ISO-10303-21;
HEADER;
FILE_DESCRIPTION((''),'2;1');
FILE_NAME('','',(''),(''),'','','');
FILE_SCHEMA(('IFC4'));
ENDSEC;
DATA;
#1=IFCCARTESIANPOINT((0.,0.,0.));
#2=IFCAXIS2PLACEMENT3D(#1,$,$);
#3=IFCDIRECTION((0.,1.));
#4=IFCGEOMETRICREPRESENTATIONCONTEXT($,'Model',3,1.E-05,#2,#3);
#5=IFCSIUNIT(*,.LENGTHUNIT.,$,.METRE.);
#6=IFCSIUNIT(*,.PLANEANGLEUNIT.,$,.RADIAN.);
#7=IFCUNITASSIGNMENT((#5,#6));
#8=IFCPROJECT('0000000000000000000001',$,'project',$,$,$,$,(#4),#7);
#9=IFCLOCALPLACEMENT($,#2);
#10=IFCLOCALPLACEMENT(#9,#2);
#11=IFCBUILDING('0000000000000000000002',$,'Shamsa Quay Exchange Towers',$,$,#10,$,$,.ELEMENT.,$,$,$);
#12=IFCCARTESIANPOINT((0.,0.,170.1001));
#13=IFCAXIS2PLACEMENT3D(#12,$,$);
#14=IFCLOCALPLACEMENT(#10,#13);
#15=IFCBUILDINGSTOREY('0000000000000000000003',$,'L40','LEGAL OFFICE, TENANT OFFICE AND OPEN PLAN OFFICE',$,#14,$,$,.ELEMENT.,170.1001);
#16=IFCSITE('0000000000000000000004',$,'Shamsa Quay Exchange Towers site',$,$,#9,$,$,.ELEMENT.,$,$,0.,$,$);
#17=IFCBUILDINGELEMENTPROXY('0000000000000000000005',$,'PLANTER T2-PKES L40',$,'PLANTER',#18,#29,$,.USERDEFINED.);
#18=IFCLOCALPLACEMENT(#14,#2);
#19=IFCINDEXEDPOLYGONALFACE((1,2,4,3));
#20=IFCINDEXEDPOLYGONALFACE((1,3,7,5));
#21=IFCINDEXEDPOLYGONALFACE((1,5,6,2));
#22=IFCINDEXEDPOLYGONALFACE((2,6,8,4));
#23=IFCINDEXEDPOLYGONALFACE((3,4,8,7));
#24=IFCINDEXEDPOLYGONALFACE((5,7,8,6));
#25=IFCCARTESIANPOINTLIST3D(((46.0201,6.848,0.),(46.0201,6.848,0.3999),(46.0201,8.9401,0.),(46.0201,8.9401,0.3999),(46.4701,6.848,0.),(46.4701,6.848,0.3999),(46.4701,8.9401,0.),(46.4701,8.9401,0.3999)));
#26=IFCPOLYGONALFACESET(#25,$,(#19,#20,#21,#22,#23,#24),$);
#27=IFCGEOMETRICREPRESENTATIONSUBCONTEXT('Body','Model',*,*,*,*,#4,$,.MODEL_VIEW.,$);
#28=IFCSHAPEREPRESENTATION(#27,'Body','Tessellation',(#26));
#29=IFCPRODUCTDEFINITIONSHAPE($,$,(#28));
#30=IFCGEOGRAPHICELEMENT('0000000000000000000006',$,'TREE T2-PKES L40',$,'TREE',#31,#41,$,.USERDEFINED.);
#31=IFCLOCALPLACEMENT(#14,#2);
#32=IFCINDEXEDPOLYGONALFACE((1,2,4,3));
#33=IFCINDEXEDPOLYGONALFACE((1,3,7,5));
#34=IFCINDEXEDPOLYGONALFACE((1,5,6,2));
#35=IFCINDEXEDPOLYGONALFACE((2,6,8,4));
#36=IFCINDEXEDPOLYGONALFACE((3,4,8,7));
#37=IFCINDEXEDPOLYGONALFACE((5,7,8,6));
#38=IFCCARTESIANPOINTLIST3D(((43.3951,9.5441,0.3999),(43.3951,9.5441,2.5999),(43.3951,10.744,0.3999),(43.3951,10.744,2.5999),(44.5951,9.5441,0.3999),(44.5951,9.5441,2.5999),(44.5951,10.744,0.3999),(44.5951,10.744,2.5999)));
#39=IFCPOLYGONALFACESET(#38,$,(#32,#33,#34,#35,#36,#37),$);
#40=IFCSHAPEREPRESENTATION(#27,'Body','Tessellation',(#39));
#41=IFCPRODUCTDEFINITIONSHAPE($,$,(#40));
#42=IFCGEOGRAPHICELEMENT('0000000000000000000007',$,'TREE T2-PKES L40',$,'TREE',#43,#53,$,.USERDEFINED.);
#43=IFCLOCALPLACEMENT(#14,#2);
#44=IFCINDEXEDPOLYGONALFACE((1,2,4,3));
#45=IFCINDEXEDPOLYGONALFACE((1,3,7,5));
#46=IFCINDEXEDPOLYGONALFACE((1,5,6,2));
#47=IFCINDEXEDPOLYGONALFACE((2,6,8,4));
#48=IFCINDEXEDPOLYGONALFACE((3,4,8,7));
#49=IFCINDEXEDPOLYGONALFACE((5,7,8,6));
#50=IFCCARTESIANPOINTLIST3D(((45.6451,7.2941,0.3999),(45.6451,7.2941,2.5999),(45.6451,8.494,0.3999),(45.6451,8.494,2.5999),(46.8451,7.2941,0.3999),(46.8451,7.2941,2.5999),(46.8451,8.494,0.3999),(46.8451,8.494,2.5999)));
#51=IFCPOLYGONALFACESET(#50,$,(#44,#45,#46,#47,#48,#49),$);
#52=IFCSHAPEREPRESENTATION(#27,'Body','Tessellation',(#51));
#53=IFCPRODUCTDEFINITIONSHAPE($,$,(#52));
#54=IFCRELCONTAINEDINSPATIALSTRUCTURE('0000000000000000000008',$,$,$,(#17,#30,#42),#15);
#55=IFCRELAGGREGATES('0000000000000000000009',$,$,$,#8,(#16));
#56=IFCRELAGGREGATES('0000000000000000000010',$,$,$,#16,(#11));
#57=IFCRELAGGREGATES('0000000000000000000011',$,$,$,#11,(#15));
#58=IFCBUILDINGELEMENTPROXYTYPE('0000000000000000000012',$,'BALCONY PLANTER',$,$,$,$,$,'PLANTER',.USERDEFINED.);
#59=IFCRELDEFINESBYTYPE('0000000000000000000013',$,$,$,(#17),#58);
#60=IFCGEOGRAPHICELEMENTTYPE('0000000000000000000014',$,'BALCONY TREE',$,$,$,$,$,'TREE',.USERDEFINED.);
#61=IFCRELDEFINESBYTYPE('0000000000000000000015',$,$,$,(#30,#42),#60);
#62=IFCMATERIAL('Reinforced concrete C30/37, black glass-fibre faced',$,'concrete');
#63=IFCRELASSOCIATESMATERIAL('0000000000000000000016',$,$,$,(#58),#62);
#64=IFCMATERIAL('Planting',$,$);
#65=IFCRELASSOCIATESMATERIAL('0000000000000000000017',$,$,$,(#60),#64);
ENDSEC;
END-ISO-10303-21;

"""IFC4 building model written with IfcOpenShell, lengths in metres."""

from ifc_helpers import new_model, si_unit, direction, frame, origin, origin_2d, place, context, subcontext, project, spatial, rectangle, extrude, material, type_object, element, save


model = new_model("IFC4")

# Units and contexts
model_context = context("Model", 3, precision=1e-05, world=origin(), true_north=direction((0.0, 1.0)))
body_context = subcontext(model_context, "Body", "Model", "MODEL_VIEW")
ifc_project = project(units=[si_unit("LENGTHUNIT", "METRE"), si_unit("PLANEANGLEUNIT", "RADIAN")], contexts=[model_context])

# Site, building, storey
site_placement = place(None, origin())
site = spatial("IfcSite", under=ifc_project, at=site_placement, Name="Shamsa Quay Exchange Towers site", CompositionType="ELEMENT", RefElevation=0.0)
building_placement = place(site_placement, origin())
building = spatial("IfcBuilding", under=site, at=building_placement, Name="Shamsa Quay Exchange Towers", CompositionType="ELEMENT")
storey_placement = place(building_placement, frame((0.0, 0.0, 170.1001)))
storey = spatial("IfcBuildingStorey", under=building, at=storey_placement, Name="L40", Description="LEGAL OFFICE, TENANT OFFICE AND OPEN PLAN OFFICE", CompositionType="ELEMENT", Elevation=170.1001)

# Building element proxy
ifc_material_1 = material(Name="Reinforced concrete C30/37, black glass-fibre faced", Category="concrete")
building_element_proxy_type = type_object("IfcBuildingElementProxyType", Name="BALCONY PLANTER", ElementType="PLANTER", PredefinedType="USERDEFINED", material=ifc_material_1)
for number, where, z_axis, x_axis, name in (
    (1, (46.2451, 7.894, 0.0), (0.0, 0.0, 1.0), (0.0, 1.0, 0.0), "PLANTER T2-PKES L40"),
):
    element("IfcBuildingElementProxy", number, at=place(storey_placement, frame(where, z_axis=z_axis, x_axis=x_axis)), inside=storey, type_object=building_element_proxy_type, Name=name, ObjectType="PLANTER", PredefinedType="USERDEFINED", context=body_context, shape_type="SweptSolid", body=[
        extrude(rectangle(XDim=2.092, YDim=0.45, at=origin_2d()), origin(), (0.0, 0.0, 1.0), 0.3999),
    ])

# Geographic elements
ifc_material_2 = material(Name="Planting")
geographic_element_type = type_object("IfcGeographicElementType", Name="BALCONY TREE", ElementType="TREE", PredefinedType="USERDEFINED", material=ifc_material_2)
for number, where, z_axis, x_axis, name in (
    (2, (43.9951, 10.144, 0.3999), (0.0, 0.0, 1.0), (0.0, 1.0, 0.0), "TREE T2-PKES L40"),
    (3, (46.2451, 7.894, 0.3999), (0.0, 0.0, 1.0), (0.0, 1.0, 0.0), "TREE T2-PKES L40"),
):
    element("IfcGeographicElement", number, at=place(storey_placement, frame(where, z_axis=z_axis, x_axis=x_axis)), inside=storey, type_object=geographic_element_type, Name=name, ObjectType="TREE", PredefinedType="USERDEFINED", context=body_context, shape_type="SweptSolid", body=[
        extrude(rectangle(XDim=1.2, YDim=1.2, at=origin_2d()), origin(), (0.0, 0.0, 1.0), 2.2),
    ])

save(model, "model.ifc")
